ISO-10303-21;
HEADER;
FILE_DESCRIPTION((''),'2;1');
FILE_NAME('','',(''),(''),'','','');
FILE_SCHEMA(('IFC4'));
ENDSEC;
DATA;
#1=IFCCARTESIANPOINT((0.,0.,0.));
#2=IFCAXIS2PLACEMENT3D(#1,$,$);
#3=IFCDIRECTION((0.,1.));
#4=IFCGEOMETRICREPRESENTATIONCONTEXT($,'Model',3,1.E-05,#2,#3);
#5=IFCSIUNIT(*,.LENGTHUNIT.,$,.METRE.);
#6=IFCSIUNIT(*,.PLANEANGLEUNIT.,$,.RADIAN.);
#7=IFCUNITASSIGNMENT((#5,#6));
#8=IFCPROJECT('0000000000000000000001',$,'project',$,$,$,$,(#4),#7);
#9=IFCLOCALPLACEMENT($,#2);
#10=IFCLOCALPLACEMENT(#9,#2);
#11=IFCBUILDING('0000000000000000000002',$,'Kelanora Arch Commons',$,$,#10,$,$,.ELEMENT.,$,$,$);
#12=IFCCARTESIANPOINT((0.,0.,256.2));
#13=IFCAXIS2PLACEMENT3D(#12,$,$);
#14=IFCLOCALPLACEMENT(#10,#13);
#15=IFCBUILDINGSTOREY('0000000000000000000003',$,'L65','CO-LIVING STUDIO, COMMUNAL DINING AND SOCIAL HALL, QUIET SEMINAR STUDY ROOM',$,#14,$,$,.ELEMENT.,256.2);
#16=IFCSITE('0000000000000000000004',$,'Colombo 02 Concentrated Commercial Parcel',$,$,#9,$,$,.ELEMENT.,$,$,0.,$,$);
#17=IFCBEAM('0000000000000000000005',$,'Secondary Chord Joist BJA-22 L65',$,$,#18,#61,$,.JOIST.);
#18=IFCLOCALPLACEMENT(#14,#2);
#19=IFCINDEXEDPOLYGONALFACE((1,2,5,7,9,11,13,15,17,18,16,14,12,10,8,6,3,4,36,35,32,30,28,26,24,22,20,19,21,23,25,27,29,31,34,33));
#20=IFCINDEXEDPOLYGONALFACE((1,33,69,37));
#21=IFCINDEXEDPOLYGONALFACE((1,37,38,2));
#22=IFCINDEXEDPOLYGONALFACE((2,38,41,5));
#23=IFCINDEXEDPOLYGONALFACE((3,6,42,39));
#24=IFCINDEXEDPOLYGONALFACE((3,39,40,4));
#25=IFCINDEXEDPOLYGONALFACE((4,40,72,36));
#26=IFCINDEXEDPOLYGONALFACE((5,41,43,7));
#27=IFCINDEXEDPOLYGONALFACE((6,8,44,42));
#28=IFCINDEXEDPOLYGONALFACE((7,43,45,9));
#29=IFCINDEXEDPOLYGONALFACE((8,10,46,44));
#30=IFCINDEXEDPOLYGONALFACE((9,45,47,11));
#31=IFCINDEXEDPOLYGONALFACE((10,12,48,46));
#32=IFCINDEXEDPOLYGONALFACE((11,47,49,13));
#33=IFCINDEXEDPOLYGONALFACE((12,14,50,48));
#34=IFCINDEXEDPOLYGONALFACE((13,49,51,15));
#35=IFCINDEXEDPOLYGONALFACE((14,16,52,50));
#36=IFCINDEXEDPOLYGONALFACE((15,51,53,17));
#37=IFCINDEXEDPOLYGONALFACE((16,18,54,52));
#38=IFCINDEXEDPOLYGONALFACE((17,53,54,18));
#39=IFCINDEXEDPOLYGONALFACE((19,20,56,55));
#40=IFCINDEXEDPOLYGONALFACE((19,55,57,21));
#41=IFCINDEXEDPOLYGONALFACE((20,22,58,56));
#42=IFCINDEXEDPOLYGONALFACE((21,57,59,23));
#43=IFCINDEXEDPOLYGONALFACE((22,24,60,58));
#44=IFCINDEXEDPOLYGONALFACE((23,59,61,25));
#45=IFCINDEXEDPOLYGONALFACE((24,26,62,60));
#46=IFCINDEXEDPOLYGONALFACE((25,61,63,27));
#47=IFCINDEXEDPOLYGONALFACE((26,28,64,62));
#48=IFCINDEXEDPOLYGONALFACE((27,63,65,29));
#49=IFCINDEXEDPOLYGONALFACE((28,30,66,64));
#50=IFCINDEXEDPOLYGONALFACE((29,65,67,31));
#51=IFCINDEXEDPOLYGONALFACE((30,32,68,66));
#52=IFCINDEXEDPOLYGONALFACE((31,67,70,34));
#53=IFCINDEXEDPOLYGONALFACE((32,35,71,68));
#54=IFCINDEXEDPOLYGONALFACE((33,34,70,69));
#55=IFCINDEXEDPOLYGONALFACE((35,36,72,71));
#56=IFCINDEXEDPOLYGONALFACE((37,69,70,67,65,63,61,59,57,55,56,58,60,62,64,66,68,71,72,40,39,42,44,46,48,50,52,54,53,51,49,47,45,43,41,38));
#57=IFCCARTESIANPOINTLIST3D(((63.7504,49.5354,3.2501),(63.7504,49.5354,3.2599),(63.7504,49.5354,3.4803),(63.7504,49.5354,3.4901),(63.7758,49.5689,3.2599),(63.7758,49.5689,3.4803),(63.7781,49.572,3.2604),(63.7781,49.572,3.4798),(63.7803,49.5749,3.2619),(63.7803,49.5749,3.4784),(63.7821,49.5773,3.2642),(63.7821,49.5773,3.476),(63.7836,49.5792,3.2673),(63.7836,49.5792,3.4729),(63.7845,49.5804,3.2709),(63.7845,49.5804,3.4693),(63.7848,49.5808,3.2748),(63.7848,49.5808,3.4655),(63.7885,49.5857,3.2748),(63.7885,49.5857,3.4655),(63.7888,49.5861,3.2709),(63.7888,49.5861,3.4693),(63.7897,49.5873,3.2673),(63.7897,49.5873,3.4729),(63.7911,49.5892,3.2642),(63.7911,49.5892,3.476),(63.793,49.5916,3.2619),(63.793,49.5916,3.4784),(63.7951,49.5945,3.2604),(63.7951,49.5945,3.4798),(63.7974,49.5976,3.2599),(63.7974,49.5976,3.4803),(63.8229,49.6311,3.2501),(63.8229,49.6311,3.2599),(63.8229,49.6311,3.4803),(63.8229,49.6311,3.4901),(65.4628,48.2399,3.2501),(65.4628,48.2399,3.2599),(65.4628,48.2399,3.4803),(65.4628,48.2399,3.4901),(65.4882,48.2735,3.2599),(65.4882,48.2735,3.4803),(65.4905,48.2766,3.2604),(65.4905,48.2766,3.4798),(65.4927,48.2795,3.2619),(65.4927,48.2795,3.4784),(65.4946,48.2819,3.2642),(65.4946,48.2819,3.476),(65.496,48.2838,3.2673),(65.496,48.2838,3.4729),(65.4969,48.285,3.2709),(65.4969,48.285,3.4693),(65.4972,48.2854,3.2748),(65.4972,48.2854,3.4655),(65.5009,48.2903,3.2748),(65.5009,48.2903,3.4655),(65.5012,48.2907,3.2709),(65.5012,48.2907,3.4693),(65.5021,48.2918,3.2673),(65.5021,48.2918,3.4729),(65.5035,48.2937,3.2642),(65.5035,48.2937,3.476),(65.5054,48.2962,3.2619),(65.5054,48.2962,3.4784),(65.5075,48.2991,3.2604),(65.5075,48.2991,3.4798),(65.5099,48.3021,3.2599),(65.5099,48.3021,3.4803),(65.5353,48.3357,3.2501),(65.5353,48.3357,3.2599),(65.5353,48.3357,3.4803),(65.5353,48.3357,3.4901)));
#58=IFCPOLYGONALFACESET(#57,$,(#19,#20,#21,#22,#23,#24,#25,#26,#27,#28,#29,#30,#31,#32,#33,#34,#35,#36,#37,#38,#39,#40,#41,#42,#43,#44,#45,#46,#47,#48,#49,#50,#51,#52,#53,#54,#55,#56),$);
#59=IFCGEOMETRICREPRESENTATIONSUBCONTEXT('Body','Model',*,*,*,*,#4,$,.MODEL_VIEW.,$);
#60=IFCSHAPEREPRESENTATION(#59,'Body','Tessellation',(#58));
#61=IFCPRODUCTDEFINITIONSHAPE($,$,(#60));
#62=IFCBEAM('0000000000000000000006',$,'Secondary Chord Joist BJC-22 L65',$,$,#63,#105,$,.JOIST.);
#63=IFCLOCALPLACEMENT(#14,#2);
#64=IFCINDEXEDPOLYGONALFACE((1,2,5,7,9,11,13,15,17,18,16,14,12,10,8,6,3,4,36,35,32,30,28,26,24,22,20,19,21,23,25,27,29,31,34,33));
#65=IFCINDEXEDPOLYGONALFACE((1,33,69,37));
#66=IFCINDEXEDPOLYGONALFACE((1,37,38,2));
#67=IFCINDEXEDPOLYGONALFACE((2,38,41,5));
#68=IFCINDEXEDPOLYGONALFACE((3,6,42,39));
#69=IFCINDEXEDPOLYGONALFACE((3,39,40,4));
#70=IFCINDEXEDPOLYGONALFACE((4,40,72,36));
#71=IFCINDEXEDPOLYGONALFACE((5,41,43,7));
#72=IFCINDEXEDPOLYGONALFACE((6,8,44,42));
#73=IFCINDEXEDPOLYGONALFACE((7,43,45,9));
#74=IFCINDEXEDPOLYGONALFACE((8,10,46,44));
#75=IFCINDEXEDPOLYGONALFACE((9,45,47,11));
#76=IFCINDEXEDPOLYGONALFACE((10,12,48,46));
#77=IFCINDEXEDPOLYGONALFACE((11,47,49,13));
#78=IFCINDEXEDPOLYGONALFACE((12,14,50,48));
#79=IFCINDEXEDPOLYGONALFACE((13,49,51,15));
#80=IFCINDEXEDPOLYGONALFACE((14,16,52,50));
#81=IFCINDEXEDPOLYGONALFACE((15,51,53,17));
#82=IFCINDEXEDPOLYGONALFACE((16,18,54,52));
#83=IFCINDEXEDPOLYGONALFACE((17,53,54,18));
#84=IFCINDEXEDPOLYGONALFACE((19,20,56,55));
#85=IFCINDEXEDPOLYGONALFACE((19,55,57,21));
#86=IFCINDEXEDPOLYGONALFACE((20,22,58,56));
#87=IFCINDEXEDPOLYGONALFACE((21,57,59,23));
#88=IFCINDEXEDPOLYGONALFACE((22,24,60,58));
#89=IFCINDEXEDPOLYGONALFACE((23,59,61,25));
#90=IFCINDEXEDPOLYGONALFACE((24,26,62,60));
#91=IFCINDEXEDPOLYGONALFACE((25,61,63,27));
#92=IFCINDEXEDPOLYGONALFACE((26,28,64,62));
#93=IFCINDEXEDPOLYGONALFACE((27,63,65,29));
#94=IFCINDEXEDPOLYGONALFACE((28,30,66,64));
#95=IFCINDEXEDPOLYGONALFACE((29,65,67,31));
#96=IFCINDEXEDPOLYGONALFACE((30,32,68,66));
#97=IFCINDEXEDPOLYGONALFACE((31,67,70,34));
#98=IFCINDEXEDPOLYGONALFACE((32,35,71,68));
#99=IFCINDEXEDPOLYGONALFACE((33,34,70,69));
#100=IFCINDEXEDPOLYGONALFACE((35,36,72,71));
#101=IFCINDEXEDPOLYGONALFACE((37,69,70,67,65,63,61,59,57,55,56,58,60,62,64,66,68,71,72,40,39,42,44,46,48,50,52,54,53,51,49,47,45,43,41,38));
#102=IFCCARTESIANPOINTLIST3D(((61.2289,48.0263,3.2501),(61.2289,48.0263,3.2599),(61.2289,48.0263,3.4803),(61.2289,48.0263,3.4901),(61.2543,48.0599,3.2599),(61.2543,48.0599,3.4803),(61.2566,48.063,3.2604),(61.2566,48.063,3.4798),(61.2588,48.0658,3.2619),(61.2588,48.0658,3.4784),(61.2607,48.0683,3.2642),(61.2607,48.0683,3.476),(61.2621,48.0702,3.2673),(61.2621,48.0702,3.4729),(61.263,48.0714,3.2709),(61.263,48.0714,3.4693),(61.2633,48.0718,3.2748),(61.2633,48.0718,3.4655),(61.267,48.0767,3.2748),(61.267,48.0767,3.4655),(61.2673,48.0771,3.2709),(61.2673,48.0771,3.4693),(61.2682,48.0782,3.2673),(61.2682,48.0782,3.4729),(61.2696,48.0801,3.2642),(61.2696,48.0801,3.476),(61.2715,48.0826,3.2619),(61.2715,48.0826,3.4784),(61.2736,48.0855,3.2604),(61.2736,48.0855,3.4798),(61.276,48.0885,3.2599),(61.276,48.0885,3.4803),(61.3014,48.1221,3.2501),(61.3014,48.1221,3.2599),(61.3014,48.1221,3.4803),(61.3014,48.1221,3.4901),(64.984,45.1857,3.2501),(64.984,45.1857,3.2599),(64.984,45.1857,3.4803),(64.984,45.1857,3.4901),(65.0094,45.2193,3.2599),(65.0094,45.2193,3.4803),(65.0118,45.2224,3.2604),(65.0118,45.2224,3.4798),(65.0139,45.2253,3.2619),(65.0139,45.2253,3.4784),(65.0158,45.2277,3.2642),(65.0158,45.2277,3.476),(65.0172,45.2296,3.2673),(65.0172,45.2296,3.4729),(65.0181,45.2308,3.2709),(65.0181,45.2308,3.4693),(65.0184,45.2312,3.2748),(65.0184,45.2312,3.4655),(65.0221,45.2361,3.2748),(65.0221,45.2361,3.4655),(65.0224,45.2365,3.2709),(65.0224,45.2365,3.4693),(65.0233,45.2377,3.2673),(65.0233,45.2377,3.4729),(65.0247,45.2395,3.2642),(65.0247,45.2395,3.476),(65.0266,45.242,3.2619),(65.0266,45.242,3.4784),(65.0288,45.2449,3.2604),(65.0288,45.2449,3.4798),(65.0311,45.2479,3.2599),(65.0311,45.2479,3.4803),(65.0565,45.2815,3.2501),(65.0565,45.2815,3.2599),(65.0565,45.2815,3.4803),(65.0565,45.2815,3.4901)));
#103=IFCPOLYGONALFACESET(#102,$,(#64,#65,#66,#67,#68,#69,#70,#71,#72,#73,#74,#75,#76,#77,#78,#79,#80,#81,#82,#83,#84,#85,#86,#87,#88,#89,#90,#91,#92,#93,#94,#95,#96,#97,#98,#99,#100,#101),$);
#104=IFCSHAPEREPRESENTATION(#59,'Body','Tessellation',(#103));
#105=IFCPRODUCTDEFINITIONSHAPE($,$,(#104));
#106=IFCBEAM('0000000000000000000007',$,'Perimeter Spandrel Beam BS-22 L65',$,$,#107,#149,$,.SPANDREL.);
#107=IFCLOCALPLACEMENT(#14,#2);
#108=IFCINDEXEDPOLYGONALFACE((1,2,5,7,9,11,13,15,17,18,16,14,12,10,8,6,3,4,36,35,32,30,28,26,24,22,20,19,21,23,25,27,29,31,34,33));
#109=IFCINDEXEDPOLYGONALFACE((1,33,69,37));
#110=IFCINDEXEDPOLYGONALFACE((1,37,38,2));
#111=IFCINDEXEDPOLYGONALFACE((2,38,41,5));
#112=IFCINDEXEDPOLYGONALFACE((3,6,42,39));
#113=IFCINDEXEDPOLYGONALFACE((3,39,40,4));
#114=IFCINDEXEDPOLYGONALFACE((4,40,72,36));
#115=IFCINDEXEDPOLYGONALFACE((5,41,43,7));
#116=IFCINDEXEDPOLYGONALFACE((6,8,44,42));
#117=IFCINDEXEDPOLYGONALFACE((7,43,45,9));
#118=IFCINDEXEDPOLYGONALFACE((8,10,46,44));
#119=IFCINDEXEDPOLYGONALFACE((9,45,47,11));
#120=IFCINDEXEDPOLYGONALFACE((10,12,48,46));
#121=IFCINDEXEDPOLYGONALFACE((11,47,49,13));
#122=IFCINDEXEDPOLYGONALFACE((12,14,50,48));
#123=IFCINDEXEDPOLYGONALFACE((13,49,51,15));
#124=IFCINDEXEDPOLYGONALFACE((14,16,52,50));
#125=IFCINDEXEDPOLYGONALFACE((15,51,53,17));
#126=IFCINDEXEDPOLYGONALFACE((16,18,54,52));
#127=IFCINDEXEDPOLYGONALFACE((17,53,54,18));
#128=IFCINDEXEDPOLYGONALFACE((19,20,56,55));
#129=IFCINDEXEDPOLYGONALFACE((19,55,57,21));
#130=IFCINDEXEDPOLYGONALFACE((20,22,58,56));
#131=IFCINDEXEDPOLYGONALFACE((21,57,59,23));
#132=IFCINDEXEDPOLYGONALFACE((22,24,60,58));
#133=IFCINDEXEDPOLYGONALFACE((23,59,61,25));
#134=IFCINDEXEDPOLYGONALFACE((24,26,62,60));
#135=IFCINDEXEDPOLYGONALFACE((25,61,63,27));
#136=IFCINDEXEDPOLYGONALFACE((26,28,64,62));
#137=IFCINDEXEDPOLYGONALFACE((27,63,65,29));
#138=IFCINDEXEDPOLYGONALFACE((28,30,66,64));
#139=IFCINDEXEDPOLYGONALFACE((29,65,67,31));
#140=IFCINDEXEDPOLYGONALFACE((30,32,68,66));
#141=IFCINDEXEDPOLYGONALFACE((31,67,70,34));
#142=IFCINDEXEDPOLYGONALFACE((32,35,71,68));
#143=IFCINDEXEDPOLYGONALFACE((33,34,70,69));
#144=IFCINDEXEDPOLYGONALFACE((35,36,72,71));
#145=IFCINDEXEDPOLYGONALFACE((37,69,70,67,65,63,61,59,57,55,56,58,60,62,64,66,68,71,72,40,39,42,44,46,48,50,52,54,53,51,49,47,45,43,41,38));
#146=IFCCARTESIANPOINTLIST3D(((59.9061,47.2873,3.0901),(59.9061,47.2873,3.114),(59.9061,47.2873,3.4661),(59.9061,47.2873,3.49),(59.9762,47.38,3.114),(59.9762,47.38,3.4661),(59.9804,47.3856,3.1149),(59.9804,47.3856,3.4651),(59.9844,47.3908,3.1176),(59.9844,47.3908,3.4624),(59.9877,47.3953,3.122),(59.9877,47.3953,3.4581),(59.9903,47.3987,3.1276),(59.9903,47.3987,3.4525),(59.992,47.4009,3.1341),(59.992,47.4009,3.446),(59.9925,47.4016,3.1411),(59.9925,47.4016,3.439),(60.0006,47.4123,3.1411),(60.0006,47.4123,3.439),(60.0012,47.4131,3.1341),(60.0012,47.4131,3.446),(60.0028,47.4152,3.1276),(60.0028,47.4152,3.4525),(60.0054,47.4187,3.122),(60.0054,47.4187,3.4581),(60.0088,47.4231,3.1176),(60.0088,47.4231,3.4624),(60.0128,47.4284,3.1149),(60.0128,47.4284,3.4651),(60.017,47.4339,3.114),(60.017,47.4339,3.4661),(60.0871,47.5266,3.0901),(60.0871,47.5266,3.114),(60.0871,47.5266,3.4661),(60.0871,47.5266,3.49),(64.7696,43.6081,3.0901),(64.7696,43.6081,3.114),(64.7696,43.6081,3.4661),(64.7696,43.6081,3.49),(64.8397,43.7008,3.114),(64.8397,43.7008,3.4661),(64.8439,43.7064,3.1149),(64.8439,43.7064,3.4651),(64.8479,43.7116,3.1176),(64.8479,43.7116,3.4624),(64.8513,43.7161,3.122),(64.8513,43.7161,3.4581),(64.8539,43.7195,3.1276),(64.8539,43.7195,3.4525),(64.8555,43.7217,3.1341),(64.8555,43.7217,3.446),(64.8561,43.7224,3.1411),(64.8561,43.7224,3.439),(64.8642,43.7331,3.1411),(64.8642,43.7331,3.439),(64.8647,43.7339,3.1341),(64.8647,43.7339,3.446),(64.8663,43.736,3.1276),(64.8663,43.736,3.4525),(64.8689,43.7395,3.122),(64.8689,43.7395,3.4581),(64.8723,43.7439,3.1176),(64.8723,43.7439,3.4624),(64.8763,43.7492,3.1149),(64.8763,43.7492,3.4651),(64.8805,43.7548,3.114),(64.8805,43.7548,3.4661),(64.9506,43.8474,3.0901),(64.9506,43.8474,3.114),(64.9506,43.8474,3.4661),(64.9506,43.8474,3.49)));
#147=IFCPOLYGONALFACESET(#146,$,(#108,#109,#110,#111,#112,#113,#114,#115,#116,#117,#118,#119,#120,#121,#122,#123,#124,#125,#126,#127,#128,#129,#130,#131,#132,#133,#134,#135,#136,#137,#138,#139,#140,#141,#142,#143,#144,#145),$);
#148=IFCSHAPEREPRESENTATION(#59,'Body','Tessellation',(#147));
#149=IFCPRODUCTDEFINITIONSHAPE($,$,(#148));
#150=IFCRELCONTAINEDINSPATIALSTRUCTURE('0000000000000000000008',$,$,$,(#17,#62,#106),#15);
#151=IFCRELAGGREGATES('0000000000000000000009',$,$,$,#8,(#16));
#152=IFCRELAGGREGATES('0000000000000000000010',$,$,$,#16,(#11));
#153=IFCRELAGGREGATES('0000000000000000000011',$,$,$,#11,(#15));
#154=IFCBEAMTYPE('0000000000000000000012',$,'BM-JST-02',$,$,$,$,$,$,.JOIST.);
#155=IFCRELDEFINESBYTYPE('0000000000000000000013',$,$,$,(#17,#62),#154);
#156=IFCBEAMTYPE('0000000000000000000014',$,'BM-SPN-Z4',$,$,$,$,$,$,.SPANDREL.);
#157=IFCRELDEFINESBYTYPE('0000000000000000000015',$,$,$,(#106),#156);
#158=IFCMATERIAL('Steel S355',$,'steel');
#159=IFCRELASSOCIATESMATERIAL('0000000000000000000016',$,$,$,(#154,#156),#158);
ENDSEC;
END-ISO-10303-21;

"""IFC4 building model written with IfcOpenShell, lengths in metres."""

from ifc_helpers import new_model, si_unit, direction, frame, origin, origin_2d, place, context, subcontext, project, spatial, i_section, extrude, material, material_profile, profile_set, type_object, element, save


model = new_model("IFC4")

# Units and contexts
model_context = context("Model", 3, precision=1e-05, world=origin(), true_north=direction((0.0, 1.0)))
body_context = subcontext(model_context, "Body", "Model", "MODEL_VIEW")
ifc_project = project(units=[si_unit("LENGTHUNIT", "METRE"), si_unit("PLANEANGLEUNIT", "RADIAN")], contexts=[model_context])

# Site, building, storey
site_placement = place(None, origin())
site = spatial("IfcSite", under=ifc_project, at=site_placement, Name="Colombo 02 Concentrated Commercial Parcel", CompositionType="ELEMENT", RefElevation=0.0)
building_placement = place(site_placement, origin())
building = spatial("IfcBuilding", under=site, at=building_placement, Name="Kelanora Arch Commons", CompositionType="ELEMENT")
storey_placement = place(building_placement, frame((0.0, 0.0, 256.2)))
storey = spatial("IfcBuildingStorey", under=building, at=storey_placement, Name="L65", Description="CO-LIVING STUDIO, COMMUNAL DINING AND SOCIAL HALL, QUIET SEMINAR STUDY ROOM", CompositionType="ELEMENT", Elevation=256.2)

# Beams
ifc_material_1 = material(Name="Steel S355", Category="steel")
ifc_material_profile_1 = material_profile(ifc_material_1, i_section(OverallWidth=0.1201, OverallDepth=0.24, WebThickness=0.0061, FlangeThickness=0.0098, FilletRadius=0.0149, at=origin_2d()), Name="IPE240")
ifc_profile_set_1 = profile_set([ifc_material_profile_1], Name="Steel S355")
beam_type_1 = type_object("IfcBeamType", Name="BM-JST-02", PredefinedType="JOIST", material=ifc_profile_set_1)
beam_1_placement = place(storey_placement, frame((63.7866, 49.5833, 3.3701), z_axis=(0.79751, -0.603306, 0.0), x_axis=(0.603306, 0.79751, 0.0)))
element("IfcBeam", 1, at=beam_1_placement, inside=storey, type_object=beam_type_1, Name="Secondary Chord Joist BJA-22 L65", PredefinedType="JOIST", context=body_context, shape_type="SweptSolid", body=[
    extrude(i_section(OverallWidth=0.1201, OverallDepth=0.24, WebThickness=0.0061, FlangeThickness=0.0098, FilletRadius=0.0149, at=origin_2d()), origin(), (0.0, 0.0, 1.0), 2.1472),
])
beam_2_placement = place(storey_placement, frame((61.2651, 48.0742, 3.3701), z_axis=(0.797523, -0.603289, 0.0), x_axis=(0.603289, 0.797523, 0.0)))
element("IfcBeam", 2, at=beam_2_placement, inside=storey, type_object=beam_type_1, Name="Secondary Chord Joist BJC-22 L65", PredefinedType="JOIST", context=body_context, shape_type="SweptSolid", body=[
    extrude(i_section(OverallWidth=0.1201, OverallDepth=0.24, WebThickness=0.0061, FlangeThickness=0.0098, FilletRadius=0.0149, at=origin_2d()), origin(), (0.0, 0.0, 1.0), 4.7085),
])
ifc_material_profile_2 = material_profile(ifc_material_1, i_section(OverallWidth=0.3, OverallDepth=0.3999, WebThickness=0.0134, FlangeThickness=0.0239, FilletRadius=0.0271, at=origin_2d()), Name="HEB400")
ifc_profile_set_2 = profile_set([ifc_material_profile_2], Name="Steel S355")
beam_type_2 = type_object("IfcBeamType", Name="BM-SPN-Z4", PredefinedType="SPANDREL", material=ifc_profile_set_2)
beam_3_placement = place(storey_placement, frame((59.9966, 47.407, 3.29), z_axis=(0.797509, -0.603306, 0.0), x_axis=(0.603306, 0.797509, 0.0)))
element("IfcBeam", 3, at=beam_3_placement, inside=storey, type_object=beam_type_2, Name="Perimeter Spandrel Beam BS-22 L65", PredefinedType="SPANDREL", context=body_context, shape_type="SweptSolid", body=[
    extrude(i_section(OverallWidth=0.3, OverallDepth=0.3999, WebThickness=0.0134, FlangeThickness=0.0239, FilletRadius=0.0271, at=origin_2d()), origin(), (0.0, 0.0, 1.0), 6.0984),
])

save(model, "model.ifc")
